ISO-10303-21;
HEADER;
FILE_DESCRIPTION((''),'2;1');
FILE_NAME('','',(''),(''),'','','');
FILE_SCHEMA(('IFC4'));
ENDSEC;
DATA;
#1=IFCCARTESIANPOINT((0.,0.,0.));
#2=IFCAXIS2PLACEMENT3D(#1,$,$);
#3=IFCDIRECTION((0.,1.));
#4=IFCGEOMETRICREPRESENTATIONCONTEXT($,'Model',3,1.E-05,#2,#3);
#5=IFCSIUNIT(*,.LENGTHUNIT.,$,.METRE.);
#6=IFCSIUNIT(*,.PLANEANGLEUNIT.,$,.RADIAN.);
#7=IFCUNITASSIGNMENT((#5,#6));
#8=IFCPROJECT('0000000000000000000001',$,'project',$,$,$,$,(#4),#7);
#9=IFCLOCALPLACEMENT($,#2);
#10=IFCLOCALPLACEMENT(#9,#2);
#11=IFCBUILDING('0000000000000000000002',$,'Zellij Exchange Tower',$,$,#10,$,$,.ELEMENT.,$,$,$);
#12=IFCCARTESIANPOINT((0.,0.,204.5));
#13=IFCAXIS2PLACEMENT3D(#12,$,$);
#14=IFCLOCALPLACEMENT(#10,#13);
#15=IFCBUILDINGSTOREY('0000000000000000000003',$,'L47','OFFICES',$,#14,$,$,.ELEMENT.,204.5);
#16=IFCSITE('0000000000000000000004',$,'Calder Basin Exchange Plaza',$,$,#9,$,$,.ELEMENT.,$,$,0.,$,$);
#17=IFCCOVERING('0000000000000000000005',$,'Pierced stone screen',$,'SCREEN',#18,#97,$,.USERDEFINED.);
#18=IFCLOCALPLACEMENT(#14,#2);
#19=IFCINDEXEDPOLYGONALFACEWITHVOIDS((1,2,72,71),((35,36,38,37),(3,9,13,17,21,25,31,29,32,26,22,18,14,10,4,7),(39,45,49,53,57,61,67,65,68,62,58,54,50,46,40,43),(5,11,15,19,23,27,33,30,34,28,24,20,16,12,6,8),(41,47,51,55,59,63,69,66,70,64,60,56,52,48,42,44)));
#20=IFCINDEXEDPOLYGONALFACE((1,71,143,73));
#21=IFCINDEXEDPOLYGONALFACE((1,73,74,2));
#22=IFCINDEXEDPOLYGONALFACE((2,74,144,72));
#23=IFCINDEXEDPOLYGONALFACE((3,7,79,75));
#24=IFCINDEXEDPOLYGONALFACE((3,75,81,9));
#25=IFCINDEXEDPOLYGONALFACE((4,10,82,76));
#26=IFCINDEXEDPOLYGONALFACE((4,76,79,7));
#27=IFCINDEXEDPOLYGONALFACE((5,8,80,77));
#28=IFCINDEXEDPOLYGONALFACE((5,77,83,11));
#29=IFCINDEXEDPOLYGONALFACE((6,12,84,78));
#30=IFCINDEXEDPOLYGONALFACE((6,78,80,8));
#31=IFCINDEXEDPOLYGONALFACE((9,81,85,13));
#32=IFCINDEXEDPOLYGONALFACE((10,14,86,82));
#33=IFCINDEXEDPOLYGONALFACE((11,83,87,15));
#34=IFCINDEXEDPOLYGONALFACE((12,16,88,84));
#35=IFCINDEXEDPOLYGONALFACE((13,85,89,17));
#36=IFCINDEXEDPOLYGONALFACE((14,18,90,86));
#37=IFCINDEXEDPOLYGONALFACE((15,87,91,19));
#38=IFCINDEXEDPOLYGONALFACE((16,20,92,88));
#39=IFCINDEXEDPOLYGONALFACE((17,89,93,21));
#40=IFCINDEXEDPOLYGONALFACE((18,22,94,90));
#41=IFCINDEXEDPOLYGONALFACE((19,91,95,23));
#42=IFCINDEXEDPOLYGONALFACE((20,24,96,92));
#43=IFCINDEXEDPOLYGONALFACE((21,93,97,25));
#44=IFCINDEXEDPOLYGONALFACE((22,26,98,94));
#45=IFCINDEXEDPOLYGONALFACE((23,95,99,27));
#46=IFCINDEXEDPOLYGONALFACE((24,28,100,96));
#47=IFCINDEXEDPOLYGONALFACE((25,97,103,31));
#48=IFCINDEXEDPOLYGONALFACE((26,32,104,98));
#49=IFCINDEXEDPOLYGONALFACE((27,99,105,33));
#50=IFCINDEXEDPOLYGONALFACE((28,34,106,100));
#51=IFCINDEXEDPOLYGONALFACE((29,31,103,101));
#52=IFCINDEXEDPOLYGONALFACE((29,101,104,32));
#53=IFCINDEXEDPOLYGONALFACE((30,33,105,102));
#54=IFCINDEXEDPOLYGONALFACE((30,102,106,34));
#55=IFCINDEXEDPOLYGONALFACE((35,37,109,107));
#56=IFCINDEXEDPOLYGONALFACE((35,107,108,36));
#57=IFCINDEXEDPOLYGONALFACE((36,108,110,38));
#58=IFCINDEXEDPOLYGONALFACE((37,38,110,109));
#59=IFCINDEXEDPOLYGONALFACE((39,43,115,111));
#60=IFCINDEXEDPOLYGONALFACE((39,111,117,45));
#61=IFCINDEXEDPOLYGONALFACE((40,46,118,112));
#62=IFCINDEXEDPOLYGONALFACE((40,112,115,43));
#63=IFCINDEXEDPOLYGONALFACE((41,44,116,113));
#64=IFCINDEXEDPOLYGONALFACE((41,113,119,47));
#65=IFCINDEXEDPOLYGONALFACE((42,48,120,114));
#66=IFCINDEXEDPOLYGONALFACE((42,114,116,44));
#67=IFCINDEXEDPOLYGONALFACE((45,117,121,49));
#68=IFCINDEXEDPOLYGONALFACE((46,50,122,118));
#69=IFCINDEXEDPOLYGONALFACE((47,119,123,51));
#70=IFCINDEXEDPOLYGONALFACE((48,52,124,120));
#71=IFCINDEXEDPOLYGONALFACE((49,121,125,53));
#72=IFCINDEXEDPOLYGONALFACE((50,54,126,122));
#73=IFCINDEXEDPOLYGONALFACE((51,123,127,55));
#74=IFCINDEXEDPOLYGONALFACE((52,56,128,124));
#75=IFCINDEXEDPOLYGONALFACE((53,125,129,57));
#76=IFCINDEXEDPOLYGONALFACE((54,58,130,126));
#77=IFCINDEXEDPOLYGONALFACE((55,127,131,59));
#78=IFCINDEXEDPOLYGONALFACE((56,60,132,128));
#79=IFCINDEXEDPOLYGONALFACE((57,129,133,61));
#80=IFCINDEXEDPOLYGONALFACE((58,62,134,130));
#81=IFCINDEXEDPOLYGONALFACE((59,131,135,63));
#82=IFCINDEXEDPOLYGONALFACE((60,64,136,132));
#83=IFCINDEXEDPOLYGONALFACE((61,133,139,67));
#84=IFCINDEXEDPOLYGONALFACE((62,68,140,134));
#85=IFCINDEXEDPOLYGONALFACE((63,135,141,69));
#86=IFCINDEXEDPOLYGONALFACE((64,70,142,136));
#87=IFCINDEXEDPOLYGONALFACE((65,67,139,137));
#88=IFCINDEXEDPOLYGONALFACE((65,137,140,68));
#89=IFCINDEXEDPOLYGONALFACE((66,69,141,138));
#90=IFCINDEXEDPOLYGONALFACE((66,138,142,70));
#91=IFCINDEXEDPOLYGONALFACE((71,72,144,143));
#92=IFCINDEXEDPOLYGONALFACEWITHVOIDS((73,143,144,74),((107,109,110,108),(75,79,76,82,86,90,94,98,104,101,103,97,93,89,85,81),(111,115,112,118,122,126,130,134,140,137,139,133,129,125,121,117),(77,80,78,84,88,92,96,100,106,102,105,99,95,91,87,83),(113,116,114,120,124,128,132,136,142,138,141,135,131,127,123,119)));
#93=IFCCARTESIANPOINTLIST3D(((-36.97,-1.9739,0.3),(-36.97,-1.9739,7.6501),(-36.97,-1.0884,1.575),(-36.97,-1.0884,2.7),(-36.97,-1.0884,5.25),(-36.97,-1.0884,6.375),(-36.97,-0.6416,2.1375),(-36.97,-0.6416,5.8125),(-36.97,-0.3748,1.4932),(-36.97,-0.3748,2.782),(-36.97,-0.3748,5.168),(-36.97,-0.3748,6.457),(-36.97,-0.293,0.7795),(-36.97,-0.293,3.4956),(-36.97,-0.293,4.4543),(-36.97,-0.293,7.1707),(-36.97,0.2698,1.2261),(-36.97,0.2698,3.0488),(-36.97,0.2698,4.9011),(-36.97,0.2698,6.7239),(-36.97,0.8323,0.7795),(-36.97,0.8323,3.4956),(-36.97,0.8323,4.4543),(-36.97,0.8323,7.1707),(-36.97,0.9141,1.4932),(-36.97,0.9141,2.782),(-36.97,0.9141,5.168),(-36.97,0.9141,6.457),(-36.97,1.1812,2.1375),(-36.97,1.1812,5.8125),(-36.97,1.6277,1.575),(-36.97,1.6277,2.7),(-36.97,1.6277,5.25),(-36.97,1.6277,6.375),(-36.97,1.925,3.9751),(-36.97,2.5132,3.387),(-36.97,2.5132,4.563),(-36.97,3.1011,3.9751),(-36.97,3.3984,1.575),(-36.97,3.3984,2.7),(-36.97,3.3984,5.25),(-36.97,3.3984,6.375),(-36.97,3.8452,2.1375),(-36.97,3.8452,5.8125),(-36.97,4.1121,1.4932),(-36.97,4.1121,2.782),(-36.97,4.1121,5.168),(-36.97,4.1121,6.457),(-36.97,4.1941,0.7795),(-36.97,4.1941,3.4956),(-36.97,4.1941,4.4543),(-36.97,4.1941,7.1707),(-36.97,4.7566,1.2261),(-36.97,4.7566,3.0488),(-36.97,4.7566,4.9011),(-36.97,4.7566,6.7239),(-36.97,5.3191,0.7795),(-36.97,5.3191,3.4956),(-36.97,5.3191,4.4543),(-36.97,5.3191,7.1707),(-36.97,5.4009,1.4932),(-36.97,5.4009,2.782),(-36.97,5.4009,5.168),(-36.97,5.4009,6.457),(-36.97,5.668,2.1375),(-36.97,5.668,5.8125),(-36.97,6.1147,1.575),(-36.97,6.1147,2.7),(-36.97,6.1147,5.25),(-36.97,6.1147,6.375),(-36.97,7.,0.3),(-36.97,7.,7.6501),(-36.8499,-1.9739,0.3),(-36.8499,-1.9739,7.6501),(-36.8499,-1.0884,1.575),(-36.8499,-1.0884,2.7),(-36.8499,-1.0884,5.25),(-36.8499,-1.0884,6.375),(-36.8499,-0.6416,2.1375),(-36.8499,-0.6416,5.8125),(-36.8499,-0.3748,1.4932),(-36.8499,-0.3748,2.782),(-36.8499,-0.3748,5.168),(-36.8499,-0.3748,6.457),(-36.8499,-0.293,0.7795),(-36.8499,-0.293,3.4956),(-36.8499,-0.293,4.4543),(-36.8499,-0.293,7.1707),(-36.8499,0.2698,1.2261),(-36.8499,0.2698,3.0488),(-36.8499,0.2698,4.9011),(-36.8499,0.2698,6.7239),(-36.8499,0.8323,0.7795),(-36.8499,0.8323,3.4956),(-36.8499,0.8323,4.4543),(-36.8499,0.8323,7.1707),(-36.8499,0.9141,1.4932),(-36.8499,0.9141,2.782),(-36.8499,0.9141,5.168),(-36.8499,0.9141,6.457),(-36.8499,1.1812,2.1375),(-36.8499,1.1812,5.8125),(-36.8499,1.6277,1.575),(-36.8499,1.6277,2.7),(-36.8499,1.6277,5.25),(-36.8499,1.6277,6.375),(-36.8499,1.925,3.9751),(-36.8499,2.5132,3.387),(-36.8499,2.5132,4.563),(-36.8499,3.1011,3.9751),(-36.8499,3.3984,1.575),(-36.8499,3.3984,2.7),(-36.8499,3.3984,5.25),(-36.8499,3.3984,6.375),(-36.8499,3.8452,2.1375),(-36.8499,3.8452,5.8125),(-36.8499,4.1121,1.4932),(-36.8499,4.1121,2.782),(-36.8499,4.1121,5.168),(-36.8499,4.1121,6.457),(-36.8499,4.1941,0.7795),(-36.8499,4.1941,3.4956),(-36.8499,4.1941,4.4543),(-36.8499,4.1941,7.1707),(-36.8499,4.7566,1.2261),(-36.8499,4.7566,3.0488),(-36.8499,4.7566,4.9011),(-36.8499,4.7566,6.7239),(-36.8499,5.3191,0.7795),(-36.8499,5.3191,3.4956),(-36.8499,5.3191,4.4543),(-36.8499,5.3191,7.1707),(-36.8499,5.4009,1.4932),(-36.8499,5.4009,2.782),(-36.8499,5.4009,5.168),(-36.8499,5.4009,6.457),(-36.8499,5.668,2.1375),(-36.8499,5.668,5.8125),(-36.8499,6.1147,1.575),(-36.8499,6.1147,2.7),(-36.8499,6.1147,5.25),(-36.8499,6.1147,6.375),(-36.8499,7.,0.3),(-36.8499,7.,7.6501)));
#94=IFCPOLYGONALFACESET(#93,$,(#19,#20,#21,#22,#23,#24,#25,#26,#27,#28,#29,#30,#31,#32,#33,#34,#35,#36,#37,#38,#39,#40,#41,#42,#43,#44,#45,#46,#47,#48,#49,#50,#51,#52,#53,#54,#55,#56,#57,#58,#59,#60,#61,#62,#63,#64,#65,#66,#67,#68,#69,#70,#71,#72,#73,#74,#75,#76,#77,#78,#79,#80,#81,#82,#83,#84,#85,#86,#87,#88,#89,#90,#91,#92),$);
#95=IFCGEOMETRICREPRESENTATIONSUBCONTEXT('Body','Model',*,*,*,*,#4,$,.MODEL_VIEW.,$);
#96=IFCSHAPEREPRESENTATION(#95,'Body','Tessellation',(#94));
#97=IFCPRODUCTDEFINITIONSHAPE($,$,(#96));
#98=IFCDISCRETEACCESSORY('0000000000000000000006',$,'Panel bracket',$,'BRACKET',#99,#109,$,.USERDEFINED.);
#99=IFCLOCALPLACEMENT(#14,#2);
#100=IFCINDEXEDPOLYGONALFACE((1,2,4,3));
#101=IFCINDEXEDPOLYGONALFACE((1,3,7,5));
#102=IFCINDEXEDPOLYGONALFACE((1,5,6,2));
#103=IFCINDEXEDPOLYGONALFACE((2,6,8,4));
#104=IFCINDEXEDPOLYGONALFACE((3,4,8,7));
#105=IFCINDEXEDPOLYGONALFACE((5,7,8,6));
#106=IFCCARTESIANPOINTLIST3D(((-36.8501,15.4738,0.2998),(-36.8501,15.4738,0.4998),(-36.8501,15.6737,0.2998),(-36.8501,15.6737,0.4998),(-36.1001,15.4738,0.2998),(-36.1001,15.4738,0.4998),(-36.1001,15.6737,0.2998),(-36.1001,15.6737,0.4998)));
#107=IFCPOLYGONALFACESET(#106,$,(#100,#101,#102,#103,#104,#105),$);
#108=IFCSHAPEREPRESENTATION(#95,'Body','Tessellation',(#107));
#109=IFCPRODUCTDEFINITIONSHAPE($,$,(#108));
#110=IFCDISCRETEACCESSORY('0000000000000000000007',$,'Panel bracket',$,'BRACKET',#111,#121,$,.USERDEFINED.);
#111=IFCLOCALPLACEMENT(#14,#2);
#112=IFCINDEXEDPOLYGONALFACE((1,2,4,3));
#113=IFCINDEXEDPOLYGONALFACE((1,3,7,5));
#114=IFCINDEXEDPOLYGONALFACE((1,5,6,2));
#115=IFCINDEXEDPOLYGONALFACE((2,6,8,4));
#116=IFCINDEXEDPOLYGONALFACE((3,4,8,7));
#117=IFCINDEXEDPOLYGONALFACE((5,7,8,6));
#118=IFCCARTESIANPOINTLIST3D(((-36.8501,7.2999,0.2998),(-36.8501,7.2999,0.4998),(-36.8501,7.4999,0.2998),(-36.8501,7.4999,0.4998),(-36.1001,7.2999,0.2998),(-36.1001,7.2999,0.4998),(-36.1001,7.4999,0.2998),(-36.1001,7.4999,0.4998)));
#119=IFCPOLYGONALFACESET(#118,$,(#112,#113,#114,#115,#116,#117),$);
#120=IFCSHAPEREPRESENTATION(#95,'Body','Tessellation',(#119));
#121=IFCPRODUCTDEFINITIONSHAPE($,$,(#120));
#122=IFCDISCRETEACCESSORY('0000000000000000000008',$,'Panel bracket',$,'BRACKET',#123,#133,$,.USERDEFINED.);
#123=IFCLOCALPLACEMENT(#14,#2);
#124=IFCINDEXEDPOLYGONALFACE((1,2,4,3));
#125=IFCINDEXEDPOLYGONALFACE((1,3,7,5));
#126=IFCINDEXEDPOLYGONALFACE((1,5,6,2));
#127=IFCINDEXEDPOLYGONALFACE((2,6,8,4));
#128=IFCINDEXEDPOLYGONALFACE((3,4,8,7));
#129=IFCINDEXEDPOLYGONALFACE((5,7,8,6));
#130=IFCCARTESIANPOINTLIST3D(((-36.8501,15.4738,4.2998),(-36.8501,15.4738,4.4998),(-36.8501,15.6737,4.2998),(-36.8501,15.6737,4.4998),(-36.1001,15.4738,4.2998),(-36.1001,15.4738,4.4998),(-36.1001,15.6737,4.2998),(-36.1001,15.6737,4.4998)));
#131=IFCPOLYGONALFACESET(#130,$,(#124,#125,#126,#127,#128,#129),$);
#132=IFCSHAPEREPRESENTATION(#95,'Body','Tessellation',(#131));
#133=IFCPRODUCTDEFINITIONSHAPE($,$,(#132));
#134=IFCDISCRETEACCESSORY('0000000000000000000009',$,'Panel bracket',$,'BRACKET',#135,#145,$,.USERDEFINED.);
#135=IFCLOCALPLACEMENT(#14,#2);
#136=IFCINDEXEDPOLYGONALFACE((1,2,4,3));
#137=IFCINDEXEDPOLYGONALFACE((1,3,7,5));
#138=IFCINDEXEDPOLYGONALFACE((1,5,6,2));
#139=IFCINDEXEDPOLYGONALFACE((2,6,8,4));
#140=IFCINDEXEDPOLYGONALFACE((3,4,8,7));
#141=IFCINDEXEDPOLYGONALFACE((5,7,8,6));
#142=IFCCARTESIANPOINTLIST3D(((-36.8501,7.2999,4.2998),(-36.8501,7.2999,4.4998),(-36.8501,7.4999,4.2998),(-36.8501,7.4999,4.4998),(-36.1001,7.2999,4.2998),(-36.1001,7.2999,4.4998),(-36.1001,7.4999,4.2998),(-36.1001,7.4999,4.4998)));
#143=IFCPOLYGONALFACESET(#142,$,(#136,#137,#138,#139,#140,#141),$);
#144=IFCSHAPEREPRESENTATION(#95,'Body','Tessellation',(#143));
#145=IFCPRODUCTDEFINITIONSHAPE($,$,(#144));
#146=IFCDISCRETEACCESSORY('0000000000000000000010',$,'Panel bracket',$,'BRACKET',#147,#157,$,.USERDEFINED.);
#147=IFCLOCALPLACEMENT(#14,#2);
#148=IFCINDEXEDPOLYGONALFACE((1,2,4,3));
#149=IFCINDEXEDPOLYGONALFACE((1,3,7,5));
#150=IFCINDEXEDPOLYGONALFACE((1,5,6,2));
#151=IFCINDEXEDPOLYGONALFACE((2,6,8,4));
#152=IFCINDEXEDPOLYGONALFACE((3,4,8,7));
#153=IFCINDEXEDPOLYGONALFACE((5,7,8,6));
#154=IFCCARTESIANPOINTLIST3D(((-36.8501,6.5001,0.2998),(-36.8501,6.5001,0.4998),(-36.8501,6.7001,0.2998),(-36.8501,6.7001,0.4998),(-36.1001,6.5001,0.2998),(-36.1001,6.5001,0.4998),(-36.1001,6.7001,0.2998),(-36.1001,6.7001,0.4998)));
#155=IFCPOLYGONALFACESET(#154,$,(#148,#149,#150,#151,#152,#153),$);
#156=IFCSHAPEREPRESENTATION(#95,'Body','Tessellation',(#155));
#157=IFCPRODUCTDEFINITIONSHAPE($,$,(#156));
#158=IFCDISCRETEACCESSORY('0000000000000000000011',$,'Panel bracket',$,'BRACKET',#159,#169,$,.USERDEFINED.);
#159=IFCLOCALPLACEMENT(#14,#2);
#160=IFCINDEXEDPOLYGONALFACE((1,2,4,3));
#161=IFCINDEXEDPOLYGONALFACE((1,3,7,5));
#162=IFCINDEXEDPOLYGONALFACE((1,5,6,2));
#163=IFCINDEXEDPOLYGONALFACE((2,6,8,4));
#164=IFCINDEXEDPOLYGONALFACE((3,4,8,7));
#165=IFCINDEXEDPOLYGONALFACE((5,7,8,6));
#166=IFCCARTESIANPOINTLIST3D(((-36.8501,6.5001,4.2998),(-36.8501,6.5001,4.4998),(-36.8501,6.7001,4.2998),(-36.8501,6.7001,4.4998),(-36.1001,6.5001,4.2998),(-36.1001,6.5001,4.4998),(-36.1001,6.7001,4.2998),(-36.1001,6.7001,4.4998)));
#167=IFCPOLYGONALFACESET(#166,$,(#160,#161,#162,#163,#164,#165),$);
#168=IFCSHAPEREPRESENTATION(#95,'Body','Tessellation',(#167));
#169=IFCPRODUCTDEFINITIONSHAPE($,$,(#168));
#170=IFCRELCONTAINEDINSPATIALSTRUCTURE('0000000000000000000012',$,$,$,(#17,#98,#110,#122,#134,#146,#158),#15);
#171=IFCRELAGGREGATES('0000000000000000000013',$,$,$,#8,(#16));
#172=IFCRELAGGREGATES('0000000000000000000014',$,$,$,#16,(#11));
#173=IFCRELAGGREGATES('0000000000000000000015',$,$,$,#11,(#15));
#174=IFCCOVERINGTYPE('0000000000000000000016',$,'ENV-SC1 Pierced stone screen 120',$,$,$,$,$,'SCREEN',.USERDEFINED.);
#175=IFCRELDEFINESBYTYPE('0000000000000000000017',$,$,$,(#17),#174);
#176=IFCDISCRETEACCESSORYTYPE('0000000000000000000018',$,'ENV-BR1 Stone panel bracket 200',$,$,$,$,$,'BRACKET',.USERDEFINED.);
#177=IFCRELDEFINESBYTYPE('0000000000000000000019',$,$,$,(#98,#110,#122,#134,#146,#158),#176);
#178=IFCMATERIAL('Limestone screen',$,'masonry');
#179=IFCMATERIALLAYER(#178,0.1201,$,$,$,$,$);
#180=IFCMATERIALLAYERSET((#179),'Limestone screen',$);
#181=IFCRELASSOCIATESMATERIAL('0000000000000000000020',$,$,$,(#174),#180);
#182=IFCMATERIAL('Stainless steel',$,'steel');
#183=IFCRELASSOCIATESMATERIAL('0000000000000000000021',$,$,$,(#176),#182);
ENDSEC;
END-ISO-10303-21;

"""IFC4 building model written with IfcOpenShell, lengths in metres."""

from ifc_helpers import new_model, si_unit, direction, frame, origin, origin_2d, place, context, subcontext, project, spatial, polyline, rectangle, outline, extrude, material, layer, layer_set, type_object, element, save


model = new_model("IFC4")

# Units and contexts
model_context = context("Model", 3, precision=1e-05, world=origin(), true_north=direction((0.0, 1.0)))
body_context = subcontext(model_context, "Body", "Model", "MODEL_VIEW")
ifc_project = project(units=[si_unit("LENGTHUNIT", "METRE"), si_unit("PLANEANGLEUNIT", "RADIAN")], contexts=[model_context])

# Site, building, storey
site_placement = place(None, origin())
site = spatial("IfcSite", under=ifc_project, at=site_placement, Name="Calder Basin Exchange Plaza", CompositionType="ELEMENT", RefElevation=0.0)
building_placement = place(site_placement, origin())
building = spatial("IfcBuilding", under=site, at=building_placement, Name="Zellij Exchange Tower", CompositionType="ELEMENT")
storey_placement = place(building_placement, frame((0.0, 0.0, 204.5)))
storey = spatial("IfcBuildingStorey", under=building, at=storey_placement, Name="L47", Description="OFFICES", CompositionType="ELEMENT", Elevation=204.5)

# Covering
ifc_material_1 = material(Name="Limestone screen", Category="masonry")
ifc_layer_1 = layer(ifc_material_1, 0.1201)
ifc_layer_set_1 = layer_set([ifc_layer_1], Name="Limestone screen")
covering_type = type_object("IfcCoveringType", Name="ENV-SC1 Pierced stone screen 120", ElementType="SCREEN", PredefinedType="USERDEFINED", material=ifc_layer_set_1)
covering_placement = place(storey_placement, frame((-36.9099, 7.0, 0.3), z_axis=(0.0, 0.0, 1.0), x_axis=(0.0, -1.0, 0.0)))
element("IfcCovering", 1, at=covering_placement, inside=storey, type_object=covering_type, Name="Pierced stone screen", ObjectType="SCREEN", PredefinedType="USERDEFINED", context=body_context, shape_type="SweptSolid", body=[
    extrude(outline(polyline([(0.0, 0.0), (8.9739, 0.0), (8.9739, 7.3501), (0.0, 7.3501), (0.0, 0.0)]), holes=[polyline([(3.6016, 2.3999), (2.8879, 2.4819), (2.8059, 3.1956), (2.2434, 2.7488), (1.6809, 3.1956), (1.5991, 2.4819), (0.8853, 2.3999), (1.332, 1.8374), (0.8853, 1.2749), (1.5991, 1.1931), (1.6809, 0.4795), (2.2434, 0.926), (2.8059, 0.4795), (2.8879, 1.1931), (3.6016, 1.2749), (3.1548, 1.8374), (3.6016, 2.3999)]), polyline([(3.6016, 6.075), (2.8879, 6.157), (2.8059, 6.8706), (2.2434, 6.4238), (1.6809, 6.8706), (1.5991, 6.157), (0.8853, 6.075), (1.332, 5.5125), (0.8853, 4.95), (1.5991, 4.8679), (1.6809, 4.1543), (2.2434, 4.6011), (2.8059, 4.1543), (2.8879, 4.8679), (3.6016, 4.95), (3.1548, 5.5125), (3.6016, 6.075)]), polyline([(8.0884, 2.3999), (7.3748, 2.4819), (7.293, 3.1956), (6.7302, 2.7488), (6.1677, 3.1956), (6.0859, 2.4819), (5.3723, 2.3999), (5.8188, 1.8374), (5.3723, 1.2749), (6.0859, 1.1931), (6.1677, 0.4795), (6.7302, 0.926), (7.293, 0.4795), (7.3748, 1.1931), (8.0884, 1.2749), (7.6416, 1.8374), (8.0884, 2.3999)]), polyline([(8.0884, 6.075), (7.3748, 6.157), (7.293, 6.8706), (6.7302, 6.4238), (6.1677, 6.8706), (6.0859, 6.157), (5.3723, 6.075), (5.8188, 5.5125), (5.3723, 4.95), (6.0859, 4.8679), (6.1677, 4.1543), (6.7302, 4.6011), (7.293, 4.1543), (7.3748, 4.8679), (8.0884, 4.95), (7.6416, 5.5125), (8.0884, 6.075)]), polyline([(5.075, 3.675), (4.4868, 4.2629), (3.8989, 3.675), (4.4868, 3.0869), (5.075, 3.675)])]), frame((0.0, 0.0601, 0.0), z_axis=(0.0, -1.0, 0.0), x_axis=(1.0, 0.0, 0.0)), (0.0, 0.0, 1.0), 0.1201),
])

# Discrete accessories
ifc_material_2 = material(Name="Stainless steel", Category="steel")
discrete_accessory_type = type_object("IfcDiscreteAccessoryType", Name="ENV-BR1 Stone panel bracket 200", ElementType="BRACKET", PredefinedType="USERDEFINED", material=ifc_material_2)
for number, where, z_axis, x_axis, name in (
    (2, (-36.4751, 15.5737, 0.2998), (0.0, 0.0, 1.0), (0.0, -1.0, 0.0), "Panel bracket"),
    (3, (-36.4751, 7.3999, 0.2998), (0.0, 0.0, 1.0), (0.0, -1.0, 0.0), "Panel bracket"),
    (4, (-36.4751, 15.5737, 4.2998), (0.0, 0.0, 1.0), (0.0, -1.0, 0.0), "Panel bracket"),
    (5, (-36.4751, 7.3999, 4.2998), (0.0, 0.0, 1.0), (0.0, -1.0, 0.0), "Panel bracket"),
    (6, (-36.4751, 6.6001, 0.2998), (0.0, 0.0, 1.0), (0.0, -1.0, 0.0), "Panel bracket"),
    (7, (-36.4751, 6.6001, 4.2998), (0.0, 0.0, 1.0), (0.0, -1.0, 0.0), "Panel bracket"),
):
    element("IfcDiscreteAccessory", number, at=place(storey_placement, frame(where, z_axis=z_axis, x_axis=x_axis)), inside=storey, type_object=discrete_accessory_type, Name=name, ObjectType="BRACKET", PredefinedType="USERDEFINED", context=body_context, shape_type="SweptSolid", body=[
        extrude(rectangle(XDim=0.2, YDim=0.75, at=origin_2d()), origin(), (0.0, 0.0, 1.0), 0.2),
    ])

save(model, "model.ifc")
